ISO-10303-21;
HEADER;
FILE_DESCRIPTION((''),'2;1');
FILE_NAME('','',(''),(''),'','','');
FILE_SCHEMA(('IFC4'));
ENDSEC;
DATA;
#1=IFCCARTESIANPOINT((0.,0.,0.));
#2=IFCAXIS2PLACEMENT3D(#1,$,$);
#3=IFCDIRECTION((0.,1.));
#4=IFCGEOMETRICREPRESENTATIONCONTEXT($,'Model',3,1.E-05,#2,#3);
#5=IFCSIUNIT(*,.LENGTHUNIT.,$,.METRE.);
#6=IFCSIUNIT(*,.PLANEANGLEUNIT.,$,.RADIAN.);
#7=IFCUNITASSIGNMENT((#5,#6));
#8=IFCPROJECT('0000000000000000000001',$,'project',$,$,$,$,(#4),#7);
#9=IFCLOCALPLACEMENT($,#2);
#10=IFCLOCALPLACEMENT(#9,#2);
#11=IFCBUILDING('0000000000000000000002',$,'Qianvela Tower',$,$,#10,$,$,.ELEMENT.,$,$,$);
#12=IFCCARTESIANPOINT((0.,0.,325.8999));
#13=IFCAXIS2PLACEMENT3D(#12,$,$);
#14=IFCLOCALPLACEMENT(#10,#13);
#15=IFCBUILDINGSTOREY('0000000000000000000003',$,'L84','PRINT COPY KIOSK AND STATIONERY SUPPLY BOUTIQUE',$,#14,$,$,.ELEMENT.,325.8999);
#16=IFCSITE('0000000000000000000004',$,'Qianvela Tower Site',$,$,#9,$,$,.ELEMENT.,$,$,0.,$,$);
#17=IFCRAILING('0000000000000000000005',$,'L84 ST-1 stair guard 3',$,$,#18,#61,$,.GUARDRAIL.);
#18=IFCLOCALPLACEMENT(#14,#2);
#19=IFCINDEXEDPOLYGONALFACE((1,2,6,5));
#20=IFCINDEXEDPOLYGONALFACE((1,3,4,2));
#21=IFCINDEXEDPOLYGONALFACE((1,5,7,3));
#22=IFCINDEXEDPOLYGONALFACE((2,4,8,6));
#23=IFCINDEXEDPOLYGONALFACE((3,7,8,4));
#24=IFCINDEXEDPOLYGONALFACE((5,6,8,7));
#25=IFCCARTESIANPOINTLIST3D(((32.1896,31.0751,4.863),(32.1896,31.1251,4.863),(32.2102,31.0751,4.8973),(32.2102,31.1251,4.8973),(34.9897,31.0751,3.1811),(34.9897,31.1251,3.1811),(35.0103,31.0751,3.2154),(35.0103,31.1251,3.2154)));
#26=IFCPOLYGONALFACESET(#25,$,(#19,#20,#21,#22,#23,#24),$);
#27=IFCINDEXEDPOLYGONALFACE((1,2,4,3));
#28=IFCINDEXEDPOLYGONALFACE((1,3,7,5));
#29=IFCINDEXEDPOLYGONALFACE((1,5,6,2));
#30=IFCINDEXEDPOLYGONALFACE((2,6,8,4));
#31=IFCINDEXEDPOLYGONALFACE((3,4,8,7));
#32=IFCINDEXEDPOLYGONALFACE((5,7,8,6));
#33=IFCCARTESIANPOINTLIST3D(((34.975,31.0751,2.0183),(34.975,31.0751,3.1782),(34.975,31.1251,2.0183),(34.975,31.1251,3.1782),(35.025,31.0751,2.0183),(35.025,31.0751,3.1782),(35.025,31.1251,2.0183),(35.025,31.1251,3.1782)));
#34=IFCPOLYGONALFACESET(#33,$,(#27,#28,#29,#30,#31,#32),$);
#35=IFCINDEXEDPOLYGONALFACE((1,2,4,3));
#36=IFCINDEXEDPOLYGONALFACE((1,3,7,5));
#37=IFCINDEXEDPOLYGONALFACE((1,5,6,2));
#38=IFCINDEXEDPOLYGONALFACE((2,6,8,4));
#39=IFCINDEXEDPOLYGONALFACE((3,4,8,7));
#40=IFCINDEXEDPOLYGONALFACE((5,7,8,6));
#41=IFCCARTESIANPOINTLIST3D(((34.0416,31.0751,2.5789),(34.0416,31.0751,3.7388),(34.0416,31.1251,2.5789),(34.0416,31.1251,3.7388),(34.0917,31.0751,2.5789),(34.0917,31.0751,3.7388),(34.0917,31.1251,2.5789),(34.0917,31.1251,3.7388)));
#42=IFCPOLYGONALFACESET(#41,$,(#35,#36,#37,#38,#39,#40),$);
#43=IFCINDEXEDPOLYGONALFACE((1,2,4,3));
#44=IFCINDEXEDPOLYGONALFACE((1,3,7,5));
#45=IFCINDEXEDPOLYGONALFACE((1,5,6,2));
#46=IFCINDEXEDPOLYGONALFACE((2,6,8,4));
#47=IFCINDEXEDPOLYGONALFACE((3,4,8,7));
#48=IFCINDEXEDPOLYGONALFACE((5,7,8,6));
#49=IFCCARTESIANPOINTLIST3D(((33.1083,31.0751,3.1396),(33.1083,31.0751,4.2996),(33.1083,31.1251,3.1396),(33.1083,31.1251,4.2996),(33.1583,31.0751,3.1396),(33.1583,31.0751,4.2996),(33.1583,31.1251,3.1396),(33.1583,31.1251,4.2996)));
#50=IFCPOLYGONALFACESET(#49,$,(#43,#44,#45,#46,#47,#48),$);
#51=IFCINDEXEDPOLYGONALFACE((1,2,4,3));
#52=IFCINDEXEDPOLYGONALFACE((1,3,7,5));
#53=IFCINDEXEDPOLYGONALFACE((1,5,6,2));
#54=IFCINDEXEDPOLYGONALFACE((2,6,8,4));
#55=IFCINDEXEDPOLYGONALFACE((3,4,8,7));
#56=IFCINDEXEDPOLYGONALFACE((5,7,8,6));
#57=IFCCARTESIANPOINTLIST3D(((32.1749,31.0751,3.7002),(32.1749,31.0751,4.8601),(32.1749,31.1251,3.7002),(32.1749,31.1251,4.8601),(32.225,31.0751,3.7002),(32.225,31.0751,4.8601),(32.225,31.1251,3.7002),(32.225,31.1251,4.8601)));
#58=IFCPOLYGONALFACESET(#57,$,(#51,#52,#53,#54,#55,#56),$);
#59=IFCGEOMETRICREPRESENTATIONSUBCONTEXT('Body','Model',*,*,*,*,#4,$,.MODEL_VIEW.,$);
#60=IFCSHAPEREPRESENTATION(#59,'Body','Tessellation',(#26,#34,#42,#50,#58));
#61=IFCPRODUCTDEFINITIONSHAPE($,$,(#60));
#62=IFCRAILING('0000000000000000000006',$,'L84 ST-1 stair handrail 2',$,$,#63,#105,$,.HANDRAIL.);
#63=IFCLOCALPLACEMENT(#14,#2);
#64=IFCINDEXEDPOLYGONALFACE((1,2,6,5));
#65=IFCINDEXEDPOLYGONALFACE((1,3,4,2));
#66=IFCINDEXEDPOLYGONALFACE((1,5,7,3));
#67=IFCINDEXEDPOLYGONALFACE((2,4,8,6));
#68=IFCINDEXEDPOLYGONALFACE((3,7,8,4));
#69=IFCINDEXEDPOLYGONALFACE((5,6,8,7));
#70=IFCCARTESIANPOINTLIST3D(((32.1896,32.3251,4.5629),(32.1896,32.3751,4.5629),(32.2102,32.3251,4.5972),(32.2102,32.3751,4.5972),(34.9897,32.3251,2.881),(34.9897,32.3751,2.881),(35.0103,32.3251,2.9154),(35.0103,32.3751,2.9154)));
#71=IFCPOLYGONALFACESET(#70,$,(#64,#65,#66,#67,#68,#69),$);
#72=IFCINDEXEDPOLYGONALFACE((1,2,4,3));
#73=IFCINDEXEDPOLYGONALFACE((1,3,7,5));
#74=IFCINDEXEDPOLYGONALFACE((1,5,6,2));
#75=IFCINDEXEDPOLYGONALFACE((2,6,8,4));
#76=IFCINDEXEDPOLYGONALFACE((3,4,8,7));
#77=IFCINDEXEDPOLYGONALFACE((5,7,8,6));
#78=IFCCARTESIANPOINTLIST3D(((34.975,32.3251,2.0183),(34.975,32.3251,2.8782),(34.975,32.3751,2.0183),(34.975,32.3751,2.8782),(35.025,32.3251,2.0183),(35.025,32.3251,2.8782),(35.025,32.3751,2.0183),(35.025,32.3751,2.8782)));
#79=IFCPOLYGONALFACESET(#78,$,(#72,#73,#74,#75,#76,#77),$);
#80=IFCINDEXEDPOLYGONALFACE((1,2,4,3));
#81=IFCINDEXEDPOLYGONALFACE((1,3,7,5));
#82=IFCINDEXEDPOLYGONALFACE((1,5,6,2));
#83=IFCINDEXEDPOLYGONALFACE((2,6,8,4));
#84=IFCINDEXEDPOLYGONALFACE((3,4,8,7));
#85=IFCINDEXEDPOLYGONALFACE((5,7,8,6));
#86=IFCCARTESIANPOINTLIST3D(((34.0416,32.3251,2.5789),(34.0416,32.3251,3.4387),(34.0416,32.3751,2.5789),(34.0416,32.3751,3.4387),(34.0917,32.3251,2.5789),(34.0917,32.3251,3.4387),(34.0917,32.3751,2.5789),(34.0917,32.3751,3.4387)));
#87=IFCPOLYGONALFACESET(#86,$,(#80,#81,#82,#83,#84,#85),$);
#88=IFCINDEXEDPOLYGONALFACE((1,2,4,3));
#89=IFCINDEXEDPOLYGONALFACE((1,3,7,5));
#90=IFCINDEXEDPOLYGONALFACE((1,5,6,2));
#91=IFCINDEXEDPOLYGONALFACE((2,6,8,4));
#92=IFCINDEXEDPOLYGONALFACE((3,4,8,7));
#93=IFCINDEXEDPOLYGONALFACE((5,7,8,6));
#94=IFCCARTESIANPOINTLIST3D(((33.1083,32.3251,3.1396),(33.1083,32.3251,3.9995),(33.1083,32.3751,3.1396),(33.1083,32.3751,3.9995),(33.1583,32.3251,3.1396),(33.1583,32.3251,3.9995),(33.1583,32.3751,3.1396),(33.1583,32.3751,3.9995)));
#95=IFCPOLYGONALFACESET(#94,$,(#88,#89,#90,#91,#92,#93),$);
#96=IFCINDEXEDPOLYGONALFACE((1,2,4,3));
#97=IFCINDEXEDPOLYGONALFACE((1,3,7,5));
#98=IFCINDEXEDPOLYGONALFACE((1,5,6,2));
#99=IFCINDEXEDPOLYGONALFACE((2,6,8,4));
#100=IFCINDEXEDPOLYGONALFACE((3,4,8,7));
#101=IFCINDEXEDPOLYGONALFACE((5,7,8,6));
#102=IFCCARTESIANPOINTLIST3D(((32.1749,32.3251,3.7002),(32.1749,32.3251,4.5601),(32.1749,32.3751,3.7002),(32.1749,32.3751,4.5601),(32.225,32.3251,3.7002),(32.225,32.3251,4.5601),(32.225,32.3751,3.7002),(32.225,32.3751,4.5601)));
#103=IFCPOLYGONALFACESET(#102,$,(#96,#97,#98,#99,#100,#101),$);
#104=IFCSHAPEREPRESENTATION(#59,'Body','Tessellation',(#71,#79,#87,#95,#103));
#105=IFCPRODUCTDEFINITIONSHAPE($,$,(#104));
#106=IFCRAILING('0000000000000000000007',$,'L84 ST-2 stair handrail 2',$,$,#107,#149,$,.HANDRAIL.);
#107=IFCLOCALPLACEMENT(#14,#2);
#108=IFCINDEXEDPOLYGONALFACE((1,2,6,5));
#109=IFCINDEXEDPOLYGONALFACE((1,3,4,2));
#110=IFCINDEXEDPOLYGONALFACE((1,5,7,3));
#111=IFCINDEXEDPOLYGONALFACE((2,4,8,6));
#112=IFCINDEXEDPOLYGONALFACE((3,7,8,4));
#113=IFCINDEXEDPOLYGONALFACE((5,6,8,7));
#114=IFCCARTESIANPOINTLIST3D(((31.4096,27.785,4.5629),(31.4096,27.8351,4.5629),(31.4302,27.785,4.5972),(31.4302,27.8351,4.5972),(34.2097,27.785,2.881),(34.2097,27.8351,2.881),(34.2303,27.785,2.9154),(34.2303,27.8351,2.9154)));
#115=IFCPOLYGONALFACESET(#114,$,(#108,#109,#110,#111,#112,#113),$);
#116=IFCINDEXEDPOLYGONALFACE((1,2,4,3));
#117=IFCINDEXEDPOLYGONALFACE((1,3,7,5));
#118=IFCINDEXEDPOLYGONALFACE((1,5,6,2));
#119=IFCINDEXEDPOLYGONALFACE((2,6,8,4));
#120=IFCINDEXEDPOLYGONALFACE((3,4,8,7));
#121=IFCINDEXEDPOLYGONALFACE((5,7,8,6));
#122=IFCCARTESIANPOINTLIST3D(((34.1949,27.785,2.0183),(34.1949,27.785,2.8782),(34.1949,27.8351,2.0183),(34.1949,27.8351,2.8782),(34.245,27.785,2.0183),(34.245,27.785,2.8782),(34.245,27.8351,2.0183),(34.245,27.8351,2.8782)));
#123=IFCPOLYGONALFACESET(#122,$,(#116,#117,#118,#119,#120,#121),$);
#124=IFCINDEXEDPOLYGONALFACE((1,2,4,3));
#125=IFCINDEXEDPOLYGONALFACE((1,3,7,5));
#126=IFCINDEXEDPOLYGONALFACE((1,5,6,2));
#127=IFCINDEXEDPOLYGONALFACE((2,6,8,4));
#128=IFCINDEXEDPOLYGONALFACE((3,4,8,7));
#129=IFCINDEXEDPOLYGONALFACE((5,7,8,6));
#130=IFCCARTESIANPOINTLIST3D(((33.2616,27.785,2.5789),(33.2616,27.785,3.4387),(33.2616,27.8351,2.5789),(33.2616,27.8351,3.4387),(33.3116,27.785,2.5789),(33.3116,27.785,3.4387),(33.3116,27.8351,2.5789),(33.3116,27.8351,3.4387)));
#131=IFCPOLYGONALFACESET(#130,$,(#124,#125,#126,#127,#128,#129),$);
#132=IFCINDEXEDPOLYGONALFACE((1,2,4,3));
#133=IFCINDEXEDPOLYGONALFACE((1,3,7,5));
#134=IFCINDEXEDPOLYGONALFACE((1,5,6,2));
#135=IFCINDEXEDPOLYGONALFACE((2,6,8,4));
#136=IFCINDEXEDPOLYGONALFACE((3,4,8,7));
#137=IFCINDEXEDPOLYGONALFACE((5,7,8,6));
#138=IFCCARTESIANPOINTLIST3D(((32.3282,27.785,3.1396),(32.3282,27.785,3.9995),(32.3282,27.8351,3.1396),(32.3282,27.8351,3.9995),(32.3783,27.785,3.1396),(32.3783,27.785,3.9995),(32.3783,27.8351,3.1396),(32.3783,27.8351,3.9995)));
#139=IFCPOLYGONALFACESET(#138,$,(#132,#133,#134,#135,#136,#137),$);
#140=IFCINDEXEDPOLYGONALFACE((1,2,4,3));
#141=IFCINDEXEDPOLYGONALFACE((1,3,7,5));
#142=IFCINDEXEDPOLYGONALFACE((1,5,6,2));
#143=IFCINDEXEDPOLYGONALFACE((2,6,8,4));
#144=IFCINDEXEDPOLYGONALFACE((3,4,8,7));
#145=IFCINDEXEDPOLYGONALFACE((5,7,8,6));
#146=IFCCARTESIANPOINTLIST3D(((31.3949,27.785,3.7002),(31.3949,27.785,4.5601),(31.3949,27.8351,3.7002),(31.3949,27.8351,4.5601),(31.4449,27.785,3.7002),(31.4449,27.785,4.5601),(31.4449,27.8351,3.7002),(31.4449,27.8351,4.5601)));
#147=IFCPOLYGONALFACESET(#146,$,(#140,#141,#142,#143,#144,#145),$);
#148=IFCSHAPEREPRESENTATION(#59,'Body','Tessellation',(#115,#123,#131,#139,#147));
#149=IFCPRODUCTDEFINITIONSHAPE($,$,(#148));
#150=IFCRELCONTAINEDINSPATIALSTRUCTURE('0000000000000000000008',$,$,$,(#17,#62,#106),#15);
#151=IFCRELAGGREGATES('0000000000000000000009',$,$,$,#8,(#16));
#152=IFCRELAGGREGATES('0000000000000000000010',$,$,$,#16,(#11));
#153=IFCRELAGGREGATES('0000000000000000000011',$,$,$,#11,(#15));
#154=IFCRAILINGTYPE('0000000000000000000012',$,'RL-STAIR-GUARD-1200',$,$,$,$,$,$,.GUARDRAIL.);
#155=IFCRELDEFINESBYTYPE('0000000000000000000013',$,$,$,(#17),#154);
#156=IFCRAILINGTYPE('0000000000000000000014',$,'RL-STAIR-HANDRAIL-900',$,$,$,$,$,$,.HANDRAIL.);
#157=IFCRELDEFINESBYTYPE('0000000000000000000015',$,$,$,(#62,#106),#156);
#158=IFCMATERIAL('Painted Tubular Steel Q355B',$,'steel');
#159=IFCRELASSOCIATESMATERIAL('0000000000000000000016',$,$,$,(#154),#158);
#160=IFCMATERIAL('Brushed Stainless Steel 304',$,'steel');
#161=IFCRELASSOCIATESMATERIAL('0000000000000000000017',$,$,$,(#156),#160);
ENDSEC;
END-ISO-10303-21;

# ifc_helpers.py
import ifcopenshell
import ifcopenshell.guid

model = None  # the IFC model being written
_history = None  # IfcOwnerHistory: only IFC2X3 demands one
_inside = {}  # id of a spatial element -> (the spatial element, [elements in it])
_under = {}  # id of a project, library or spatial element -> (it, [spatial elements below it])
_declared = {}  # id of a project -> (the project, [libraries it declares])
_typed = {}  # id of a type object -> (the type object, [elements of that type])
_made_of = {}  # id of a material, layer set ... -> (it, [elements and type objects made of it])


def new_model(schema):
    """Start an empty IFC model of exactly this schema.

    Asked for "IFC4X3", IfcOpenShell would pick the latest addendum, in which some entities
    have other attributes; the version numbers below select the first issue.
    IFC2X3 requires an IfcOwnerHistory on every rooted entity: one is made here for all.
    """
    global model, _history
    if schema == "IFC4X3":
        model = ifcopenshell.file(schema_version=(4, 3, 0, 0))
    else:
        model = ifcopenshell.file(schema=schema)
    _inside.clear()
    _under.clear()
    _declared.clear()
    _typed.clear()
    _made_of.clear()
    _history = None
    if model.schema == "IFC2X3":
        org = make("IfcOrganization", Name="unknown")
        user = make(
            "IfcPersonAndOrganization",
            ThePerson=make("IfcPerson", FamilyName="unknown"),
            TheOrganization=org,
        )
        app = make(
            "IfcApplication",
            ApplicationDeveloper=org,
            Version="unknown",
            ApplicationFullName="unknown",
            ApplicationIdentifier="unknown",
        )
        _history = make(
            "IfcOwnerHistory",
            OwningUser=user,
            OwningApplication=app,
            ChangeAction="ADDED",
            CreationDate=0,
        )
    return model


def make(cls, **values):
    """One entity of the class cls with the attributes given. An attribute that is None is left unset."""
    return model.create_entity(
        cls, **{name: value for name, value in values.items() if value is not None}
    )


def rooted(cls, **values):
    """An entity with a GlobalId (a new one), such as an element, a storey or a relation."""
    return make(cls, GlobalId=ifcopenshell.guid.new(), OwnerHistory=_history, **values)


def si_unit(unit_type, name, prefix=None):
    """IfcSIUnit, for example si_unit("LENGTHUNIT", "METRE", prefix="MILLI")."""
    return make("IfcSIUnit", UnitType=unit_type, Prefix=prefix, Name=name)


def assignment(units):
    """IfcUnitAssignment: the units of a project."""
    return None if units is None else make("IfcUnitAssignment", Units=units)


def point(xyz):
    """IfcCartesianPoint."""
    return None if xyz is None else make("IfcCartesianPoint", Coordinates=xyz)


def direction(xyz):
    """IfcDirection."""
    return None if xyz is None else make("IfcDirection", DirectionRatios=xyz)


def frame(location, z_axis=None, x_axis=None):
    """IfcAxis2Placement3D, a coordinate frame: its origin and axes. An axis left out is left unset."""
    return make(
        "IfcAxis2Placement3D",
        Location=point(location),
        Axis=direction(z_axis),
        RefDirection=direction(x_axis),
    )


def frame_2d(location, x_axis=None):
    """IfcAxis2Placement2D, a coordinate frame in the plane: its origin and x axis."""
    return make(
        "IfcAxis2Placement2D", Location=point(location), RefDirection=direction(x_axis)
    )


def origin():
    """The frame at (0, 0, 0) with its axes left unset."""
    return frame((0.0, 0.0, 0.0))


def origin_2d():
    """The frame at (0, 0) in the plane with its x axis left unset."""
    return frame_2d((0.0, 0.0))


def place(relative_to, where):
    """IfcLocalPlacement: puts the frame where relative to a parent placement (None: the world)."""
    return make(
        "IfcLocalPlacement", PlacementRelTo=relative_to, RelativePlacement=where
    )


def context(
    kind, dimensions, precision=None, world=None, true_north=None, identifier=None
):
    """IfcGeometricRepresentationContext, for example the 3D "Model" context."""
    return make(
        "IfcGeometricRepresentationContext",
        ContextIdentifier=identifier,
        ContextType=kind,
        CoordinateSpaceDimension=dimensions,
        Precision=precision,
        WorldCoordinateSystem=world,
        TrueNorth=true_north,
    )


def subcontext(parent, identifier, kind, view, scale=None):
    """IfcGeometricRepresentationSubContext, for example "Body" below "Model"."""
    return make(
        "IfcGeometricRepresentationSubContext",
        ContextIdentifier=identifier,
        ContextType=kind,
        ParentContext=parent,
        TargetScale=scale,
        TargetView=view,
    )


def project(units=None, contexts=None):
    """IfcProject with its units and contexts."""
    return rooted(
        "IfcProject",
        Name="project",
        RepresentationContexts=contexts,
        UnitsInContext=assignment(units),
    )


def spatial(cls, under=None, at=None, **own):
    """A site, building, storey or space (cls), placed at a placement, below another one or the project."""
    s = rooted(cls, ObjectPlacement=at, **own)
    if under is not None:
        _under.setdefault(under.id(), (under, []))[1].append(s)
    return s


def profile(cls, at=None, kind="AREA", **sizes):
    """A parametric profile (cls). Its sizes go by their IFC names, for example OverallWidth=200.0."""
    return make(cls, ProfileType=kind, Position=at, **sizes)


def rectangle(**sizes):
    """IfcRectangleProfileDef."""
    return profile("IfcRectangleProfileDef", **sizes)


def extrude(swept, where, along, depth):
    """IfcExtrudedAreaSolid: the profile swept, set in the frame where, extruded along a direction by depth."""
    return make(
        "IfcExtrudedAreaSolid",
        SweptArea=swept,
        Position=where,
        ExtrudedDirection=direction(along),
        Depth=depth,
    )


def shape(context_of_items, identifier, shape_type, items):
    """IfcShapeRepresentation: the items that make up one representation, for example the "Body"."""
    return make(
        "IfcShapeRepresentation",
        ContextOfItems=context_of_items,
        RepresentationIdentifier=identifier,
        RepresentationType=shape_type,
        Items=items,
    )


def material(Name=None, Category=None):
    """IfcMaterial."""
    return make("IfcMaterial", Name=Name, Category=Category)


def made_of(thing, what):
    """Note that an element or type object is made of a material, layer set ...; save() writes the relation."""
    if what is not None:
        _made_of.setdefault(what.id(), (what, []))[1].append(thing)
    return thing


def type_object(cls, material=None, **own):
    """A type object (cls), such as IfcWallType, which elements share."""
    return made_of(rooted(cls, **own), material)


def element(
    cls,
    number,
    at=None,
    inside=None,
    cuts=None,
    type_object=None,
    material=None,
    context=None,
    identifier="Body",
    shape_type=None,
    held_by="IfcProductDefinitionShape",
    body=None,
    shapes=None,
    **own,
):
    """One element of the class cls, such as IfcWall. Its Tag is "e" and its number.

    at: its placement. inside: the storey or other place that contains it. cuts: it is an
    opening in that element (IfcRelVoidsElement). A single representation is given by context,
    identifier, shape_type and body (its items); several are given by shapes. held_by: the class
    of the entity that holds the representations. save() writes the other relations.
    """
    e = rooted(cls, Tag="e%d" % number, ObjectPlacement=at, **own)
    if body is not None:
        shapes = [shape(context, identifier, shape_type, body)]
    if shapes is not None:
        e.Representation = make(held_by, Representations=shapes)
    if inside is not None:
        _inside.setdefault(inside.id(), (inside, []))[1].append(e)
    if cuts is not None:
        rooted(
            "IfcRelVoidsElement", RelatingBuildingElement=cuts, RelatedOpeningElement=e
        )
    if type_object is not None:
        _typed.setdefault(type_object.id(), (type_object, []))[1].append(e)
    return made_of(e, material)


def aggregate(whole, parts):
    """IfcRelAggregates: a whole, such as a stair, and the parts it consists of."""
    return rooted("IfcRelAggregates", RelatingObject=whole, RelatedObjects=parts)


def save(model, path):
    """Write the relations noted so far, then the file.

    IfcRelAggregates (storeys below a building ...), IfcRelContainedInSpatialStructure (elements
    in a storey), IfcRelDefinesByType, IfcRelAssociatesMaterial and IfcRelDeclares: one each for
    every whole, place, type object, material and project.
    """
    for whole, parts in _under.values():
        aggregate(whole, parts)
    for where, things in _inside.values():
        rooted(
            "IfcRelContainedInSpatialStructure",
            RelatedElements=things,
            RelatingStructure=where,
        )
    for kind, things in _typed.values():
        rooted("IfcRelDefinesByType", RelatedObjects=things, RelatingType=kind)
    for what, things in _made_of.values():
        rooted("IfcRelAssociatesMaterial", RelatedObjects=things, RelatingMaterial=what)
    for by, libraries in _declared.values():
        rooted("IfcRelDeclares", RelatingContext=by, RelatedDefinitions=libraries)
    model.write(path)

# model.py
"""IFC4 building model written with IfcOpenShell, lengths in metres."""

from ifc_helpers import new_model, si_unit, direction, frame, origin, origin_2d, place, context, subcontext, project, spatial, rectangle, extrude, material, type_object, element, save


model = new_model("IFC4")

# Units and contexts
model_context = context("Model", 3, precision=1e-05, world=origin(), true_north=direction((0.0, 1.0)))
body_context = subcontext(model_context, "Body", "Model", "MODEL_VIEW")
ifc_project = project(units=[si_unit("LENGTHUNIT", "METRE"), si_unit("PLANEANGLEUNIT", "RADIAN")], contexts=[model_context])

# Site, building, storey
site_placement = place(None, origin())
site = spatial("IfcSite", under=ifc_project, at=site_placement, Name="Qianvela Tower Site", CompositionType="ELEMENT", RefElevation=0.0)
building_placement = place(site_placement, origin())
building = spatial("IfcBuilding", under=site, at=building_placement, Name="Qianvela Tower", CompositionType="ELEMENT")
storey_placement = place(building_placement, frame((0.0, 0.0, 325.8999)))
storey = spatial("IfcBuildingStorey", under=building, at=storey_placement, Name="L84", Description="PRINT COPY KIOSK AND STATIONERY SUPPLY BOUTIQUE", CompositionType="ELEMENT", Elevation=325.8999)

# Railings
ifc_material_1 = material(Name="Painted Tubular Steel Q355B", Category="steel")
railing_type_1 = type_object("IfcRailingType", Name="RL-STAIR-GUARD-1200", PredefinedType="GUARDRAIL", material=ifc_material_1)
railing_1_placement = place(storey_placement, frame((35.0, 31.1001, 2.0183)))
element("IfcRailing", 1, at=railing_1_placement, inside=storey, type_object=railing_type_1, Name="L84 ST-1 stair guard 3", PredefinedType="GUARDRAIL", context=body_context, shape_type="SweptSolid", body=[
    extrude(rectangle(XDim=0.05, YDim=0.04, at=origin_2d()), frame((0.0, 0.0, 1.1799), z_axis=(-0.857242, 0.0, 0.514913), x_axis=(0.0, -1.0, 0.0)), (0.0, 0.0, 1.0), 3.2664),
    extrude(rectangle(XDim=0.05, YDim=0.05, at=origin_2d()), origin(), (0.0, 0.0, 1.0), 1.1599),
    extrude(rectangle(XDim=0.05, YDim=0.05, at=origin_2d()), frame((-0.9333, 0.0, 0.5605)), (0.0, 0.0, 1.0), 1.1599),
    extrude(rectangle(XDim=0.05, YDim=0.05, at=origin_2d()), frame((-1.8667, 0.0, 1.1213)), (0.0, 0.0, 1.0), 1.1599),
    extrude(rectangle(XDim=0.05, YDim=0.05, at=origin_2d()), frame((-2.8, 0.0, 1.6819)), (0.0, 0.0, 1.0), 1.1599),
])
ifc_material_2 = material(Name="Brushed Stainless Steel 304", Category="steel")
railing_type_2 = type_object("IfcRailingType", Name="RL-STAIR-HANDRAIL-900", PredefinedType="HANDRAIL", material=ifc_material_2)
for number, where, name in (
    (2, (35.0, 32.3501, 2.0183), "L84 ST-1 stair handrail 2"),
    (3, (34.22, 27.8101, 2.0183), "L84 ST-2 stair handrail 2"),
):
    element("IfcRailing", number, at=place(storey_placement, frame(where)), inside=storey, type_object=railing_type_2, Name=name, PredefinedType="HANDRAIL", context=body_context, shape_type="SweptSolid", body=[
        extrude(rectangle(XDim=0.05, YDim=0.04, at=origin_2d()), frame((0.0, 0.0, 0.8799), z_axis=(-0.857242, 0.0, 0.514913), x_axis=(0.0, -1.0, 0.0)), (0.0, 0.0, 1.0), 3.2664),
        extrude(rectangle(XDim=0.05, YDim=0.05, at=origin_2d()), origin(), (0.0, 0.0, 1.0), 0.8599),
        extrude(rectangle(XDim=0.05, YDim=0.05, at=origin_2d()), frame((-0.9333, 0.0, 0.5605)), (0.0, 0.0, 1.0), 0.8599),
        extrude(rectangle(XDim=0.05, YDim=0.05, at=origin_2d()), frame((-1.8667, 0.0, 1.1213)), (0.0, 0.0, 1.0), 0.8599),
        extrude(rectangle(XDim=0.05, YDim=0.05, at=origin_2d()), frame((-2.8, 0.0, 1.6819)), (0.0, 0.0, 1.0), 0.8599),
    ])

save(model, "model.ifc")
